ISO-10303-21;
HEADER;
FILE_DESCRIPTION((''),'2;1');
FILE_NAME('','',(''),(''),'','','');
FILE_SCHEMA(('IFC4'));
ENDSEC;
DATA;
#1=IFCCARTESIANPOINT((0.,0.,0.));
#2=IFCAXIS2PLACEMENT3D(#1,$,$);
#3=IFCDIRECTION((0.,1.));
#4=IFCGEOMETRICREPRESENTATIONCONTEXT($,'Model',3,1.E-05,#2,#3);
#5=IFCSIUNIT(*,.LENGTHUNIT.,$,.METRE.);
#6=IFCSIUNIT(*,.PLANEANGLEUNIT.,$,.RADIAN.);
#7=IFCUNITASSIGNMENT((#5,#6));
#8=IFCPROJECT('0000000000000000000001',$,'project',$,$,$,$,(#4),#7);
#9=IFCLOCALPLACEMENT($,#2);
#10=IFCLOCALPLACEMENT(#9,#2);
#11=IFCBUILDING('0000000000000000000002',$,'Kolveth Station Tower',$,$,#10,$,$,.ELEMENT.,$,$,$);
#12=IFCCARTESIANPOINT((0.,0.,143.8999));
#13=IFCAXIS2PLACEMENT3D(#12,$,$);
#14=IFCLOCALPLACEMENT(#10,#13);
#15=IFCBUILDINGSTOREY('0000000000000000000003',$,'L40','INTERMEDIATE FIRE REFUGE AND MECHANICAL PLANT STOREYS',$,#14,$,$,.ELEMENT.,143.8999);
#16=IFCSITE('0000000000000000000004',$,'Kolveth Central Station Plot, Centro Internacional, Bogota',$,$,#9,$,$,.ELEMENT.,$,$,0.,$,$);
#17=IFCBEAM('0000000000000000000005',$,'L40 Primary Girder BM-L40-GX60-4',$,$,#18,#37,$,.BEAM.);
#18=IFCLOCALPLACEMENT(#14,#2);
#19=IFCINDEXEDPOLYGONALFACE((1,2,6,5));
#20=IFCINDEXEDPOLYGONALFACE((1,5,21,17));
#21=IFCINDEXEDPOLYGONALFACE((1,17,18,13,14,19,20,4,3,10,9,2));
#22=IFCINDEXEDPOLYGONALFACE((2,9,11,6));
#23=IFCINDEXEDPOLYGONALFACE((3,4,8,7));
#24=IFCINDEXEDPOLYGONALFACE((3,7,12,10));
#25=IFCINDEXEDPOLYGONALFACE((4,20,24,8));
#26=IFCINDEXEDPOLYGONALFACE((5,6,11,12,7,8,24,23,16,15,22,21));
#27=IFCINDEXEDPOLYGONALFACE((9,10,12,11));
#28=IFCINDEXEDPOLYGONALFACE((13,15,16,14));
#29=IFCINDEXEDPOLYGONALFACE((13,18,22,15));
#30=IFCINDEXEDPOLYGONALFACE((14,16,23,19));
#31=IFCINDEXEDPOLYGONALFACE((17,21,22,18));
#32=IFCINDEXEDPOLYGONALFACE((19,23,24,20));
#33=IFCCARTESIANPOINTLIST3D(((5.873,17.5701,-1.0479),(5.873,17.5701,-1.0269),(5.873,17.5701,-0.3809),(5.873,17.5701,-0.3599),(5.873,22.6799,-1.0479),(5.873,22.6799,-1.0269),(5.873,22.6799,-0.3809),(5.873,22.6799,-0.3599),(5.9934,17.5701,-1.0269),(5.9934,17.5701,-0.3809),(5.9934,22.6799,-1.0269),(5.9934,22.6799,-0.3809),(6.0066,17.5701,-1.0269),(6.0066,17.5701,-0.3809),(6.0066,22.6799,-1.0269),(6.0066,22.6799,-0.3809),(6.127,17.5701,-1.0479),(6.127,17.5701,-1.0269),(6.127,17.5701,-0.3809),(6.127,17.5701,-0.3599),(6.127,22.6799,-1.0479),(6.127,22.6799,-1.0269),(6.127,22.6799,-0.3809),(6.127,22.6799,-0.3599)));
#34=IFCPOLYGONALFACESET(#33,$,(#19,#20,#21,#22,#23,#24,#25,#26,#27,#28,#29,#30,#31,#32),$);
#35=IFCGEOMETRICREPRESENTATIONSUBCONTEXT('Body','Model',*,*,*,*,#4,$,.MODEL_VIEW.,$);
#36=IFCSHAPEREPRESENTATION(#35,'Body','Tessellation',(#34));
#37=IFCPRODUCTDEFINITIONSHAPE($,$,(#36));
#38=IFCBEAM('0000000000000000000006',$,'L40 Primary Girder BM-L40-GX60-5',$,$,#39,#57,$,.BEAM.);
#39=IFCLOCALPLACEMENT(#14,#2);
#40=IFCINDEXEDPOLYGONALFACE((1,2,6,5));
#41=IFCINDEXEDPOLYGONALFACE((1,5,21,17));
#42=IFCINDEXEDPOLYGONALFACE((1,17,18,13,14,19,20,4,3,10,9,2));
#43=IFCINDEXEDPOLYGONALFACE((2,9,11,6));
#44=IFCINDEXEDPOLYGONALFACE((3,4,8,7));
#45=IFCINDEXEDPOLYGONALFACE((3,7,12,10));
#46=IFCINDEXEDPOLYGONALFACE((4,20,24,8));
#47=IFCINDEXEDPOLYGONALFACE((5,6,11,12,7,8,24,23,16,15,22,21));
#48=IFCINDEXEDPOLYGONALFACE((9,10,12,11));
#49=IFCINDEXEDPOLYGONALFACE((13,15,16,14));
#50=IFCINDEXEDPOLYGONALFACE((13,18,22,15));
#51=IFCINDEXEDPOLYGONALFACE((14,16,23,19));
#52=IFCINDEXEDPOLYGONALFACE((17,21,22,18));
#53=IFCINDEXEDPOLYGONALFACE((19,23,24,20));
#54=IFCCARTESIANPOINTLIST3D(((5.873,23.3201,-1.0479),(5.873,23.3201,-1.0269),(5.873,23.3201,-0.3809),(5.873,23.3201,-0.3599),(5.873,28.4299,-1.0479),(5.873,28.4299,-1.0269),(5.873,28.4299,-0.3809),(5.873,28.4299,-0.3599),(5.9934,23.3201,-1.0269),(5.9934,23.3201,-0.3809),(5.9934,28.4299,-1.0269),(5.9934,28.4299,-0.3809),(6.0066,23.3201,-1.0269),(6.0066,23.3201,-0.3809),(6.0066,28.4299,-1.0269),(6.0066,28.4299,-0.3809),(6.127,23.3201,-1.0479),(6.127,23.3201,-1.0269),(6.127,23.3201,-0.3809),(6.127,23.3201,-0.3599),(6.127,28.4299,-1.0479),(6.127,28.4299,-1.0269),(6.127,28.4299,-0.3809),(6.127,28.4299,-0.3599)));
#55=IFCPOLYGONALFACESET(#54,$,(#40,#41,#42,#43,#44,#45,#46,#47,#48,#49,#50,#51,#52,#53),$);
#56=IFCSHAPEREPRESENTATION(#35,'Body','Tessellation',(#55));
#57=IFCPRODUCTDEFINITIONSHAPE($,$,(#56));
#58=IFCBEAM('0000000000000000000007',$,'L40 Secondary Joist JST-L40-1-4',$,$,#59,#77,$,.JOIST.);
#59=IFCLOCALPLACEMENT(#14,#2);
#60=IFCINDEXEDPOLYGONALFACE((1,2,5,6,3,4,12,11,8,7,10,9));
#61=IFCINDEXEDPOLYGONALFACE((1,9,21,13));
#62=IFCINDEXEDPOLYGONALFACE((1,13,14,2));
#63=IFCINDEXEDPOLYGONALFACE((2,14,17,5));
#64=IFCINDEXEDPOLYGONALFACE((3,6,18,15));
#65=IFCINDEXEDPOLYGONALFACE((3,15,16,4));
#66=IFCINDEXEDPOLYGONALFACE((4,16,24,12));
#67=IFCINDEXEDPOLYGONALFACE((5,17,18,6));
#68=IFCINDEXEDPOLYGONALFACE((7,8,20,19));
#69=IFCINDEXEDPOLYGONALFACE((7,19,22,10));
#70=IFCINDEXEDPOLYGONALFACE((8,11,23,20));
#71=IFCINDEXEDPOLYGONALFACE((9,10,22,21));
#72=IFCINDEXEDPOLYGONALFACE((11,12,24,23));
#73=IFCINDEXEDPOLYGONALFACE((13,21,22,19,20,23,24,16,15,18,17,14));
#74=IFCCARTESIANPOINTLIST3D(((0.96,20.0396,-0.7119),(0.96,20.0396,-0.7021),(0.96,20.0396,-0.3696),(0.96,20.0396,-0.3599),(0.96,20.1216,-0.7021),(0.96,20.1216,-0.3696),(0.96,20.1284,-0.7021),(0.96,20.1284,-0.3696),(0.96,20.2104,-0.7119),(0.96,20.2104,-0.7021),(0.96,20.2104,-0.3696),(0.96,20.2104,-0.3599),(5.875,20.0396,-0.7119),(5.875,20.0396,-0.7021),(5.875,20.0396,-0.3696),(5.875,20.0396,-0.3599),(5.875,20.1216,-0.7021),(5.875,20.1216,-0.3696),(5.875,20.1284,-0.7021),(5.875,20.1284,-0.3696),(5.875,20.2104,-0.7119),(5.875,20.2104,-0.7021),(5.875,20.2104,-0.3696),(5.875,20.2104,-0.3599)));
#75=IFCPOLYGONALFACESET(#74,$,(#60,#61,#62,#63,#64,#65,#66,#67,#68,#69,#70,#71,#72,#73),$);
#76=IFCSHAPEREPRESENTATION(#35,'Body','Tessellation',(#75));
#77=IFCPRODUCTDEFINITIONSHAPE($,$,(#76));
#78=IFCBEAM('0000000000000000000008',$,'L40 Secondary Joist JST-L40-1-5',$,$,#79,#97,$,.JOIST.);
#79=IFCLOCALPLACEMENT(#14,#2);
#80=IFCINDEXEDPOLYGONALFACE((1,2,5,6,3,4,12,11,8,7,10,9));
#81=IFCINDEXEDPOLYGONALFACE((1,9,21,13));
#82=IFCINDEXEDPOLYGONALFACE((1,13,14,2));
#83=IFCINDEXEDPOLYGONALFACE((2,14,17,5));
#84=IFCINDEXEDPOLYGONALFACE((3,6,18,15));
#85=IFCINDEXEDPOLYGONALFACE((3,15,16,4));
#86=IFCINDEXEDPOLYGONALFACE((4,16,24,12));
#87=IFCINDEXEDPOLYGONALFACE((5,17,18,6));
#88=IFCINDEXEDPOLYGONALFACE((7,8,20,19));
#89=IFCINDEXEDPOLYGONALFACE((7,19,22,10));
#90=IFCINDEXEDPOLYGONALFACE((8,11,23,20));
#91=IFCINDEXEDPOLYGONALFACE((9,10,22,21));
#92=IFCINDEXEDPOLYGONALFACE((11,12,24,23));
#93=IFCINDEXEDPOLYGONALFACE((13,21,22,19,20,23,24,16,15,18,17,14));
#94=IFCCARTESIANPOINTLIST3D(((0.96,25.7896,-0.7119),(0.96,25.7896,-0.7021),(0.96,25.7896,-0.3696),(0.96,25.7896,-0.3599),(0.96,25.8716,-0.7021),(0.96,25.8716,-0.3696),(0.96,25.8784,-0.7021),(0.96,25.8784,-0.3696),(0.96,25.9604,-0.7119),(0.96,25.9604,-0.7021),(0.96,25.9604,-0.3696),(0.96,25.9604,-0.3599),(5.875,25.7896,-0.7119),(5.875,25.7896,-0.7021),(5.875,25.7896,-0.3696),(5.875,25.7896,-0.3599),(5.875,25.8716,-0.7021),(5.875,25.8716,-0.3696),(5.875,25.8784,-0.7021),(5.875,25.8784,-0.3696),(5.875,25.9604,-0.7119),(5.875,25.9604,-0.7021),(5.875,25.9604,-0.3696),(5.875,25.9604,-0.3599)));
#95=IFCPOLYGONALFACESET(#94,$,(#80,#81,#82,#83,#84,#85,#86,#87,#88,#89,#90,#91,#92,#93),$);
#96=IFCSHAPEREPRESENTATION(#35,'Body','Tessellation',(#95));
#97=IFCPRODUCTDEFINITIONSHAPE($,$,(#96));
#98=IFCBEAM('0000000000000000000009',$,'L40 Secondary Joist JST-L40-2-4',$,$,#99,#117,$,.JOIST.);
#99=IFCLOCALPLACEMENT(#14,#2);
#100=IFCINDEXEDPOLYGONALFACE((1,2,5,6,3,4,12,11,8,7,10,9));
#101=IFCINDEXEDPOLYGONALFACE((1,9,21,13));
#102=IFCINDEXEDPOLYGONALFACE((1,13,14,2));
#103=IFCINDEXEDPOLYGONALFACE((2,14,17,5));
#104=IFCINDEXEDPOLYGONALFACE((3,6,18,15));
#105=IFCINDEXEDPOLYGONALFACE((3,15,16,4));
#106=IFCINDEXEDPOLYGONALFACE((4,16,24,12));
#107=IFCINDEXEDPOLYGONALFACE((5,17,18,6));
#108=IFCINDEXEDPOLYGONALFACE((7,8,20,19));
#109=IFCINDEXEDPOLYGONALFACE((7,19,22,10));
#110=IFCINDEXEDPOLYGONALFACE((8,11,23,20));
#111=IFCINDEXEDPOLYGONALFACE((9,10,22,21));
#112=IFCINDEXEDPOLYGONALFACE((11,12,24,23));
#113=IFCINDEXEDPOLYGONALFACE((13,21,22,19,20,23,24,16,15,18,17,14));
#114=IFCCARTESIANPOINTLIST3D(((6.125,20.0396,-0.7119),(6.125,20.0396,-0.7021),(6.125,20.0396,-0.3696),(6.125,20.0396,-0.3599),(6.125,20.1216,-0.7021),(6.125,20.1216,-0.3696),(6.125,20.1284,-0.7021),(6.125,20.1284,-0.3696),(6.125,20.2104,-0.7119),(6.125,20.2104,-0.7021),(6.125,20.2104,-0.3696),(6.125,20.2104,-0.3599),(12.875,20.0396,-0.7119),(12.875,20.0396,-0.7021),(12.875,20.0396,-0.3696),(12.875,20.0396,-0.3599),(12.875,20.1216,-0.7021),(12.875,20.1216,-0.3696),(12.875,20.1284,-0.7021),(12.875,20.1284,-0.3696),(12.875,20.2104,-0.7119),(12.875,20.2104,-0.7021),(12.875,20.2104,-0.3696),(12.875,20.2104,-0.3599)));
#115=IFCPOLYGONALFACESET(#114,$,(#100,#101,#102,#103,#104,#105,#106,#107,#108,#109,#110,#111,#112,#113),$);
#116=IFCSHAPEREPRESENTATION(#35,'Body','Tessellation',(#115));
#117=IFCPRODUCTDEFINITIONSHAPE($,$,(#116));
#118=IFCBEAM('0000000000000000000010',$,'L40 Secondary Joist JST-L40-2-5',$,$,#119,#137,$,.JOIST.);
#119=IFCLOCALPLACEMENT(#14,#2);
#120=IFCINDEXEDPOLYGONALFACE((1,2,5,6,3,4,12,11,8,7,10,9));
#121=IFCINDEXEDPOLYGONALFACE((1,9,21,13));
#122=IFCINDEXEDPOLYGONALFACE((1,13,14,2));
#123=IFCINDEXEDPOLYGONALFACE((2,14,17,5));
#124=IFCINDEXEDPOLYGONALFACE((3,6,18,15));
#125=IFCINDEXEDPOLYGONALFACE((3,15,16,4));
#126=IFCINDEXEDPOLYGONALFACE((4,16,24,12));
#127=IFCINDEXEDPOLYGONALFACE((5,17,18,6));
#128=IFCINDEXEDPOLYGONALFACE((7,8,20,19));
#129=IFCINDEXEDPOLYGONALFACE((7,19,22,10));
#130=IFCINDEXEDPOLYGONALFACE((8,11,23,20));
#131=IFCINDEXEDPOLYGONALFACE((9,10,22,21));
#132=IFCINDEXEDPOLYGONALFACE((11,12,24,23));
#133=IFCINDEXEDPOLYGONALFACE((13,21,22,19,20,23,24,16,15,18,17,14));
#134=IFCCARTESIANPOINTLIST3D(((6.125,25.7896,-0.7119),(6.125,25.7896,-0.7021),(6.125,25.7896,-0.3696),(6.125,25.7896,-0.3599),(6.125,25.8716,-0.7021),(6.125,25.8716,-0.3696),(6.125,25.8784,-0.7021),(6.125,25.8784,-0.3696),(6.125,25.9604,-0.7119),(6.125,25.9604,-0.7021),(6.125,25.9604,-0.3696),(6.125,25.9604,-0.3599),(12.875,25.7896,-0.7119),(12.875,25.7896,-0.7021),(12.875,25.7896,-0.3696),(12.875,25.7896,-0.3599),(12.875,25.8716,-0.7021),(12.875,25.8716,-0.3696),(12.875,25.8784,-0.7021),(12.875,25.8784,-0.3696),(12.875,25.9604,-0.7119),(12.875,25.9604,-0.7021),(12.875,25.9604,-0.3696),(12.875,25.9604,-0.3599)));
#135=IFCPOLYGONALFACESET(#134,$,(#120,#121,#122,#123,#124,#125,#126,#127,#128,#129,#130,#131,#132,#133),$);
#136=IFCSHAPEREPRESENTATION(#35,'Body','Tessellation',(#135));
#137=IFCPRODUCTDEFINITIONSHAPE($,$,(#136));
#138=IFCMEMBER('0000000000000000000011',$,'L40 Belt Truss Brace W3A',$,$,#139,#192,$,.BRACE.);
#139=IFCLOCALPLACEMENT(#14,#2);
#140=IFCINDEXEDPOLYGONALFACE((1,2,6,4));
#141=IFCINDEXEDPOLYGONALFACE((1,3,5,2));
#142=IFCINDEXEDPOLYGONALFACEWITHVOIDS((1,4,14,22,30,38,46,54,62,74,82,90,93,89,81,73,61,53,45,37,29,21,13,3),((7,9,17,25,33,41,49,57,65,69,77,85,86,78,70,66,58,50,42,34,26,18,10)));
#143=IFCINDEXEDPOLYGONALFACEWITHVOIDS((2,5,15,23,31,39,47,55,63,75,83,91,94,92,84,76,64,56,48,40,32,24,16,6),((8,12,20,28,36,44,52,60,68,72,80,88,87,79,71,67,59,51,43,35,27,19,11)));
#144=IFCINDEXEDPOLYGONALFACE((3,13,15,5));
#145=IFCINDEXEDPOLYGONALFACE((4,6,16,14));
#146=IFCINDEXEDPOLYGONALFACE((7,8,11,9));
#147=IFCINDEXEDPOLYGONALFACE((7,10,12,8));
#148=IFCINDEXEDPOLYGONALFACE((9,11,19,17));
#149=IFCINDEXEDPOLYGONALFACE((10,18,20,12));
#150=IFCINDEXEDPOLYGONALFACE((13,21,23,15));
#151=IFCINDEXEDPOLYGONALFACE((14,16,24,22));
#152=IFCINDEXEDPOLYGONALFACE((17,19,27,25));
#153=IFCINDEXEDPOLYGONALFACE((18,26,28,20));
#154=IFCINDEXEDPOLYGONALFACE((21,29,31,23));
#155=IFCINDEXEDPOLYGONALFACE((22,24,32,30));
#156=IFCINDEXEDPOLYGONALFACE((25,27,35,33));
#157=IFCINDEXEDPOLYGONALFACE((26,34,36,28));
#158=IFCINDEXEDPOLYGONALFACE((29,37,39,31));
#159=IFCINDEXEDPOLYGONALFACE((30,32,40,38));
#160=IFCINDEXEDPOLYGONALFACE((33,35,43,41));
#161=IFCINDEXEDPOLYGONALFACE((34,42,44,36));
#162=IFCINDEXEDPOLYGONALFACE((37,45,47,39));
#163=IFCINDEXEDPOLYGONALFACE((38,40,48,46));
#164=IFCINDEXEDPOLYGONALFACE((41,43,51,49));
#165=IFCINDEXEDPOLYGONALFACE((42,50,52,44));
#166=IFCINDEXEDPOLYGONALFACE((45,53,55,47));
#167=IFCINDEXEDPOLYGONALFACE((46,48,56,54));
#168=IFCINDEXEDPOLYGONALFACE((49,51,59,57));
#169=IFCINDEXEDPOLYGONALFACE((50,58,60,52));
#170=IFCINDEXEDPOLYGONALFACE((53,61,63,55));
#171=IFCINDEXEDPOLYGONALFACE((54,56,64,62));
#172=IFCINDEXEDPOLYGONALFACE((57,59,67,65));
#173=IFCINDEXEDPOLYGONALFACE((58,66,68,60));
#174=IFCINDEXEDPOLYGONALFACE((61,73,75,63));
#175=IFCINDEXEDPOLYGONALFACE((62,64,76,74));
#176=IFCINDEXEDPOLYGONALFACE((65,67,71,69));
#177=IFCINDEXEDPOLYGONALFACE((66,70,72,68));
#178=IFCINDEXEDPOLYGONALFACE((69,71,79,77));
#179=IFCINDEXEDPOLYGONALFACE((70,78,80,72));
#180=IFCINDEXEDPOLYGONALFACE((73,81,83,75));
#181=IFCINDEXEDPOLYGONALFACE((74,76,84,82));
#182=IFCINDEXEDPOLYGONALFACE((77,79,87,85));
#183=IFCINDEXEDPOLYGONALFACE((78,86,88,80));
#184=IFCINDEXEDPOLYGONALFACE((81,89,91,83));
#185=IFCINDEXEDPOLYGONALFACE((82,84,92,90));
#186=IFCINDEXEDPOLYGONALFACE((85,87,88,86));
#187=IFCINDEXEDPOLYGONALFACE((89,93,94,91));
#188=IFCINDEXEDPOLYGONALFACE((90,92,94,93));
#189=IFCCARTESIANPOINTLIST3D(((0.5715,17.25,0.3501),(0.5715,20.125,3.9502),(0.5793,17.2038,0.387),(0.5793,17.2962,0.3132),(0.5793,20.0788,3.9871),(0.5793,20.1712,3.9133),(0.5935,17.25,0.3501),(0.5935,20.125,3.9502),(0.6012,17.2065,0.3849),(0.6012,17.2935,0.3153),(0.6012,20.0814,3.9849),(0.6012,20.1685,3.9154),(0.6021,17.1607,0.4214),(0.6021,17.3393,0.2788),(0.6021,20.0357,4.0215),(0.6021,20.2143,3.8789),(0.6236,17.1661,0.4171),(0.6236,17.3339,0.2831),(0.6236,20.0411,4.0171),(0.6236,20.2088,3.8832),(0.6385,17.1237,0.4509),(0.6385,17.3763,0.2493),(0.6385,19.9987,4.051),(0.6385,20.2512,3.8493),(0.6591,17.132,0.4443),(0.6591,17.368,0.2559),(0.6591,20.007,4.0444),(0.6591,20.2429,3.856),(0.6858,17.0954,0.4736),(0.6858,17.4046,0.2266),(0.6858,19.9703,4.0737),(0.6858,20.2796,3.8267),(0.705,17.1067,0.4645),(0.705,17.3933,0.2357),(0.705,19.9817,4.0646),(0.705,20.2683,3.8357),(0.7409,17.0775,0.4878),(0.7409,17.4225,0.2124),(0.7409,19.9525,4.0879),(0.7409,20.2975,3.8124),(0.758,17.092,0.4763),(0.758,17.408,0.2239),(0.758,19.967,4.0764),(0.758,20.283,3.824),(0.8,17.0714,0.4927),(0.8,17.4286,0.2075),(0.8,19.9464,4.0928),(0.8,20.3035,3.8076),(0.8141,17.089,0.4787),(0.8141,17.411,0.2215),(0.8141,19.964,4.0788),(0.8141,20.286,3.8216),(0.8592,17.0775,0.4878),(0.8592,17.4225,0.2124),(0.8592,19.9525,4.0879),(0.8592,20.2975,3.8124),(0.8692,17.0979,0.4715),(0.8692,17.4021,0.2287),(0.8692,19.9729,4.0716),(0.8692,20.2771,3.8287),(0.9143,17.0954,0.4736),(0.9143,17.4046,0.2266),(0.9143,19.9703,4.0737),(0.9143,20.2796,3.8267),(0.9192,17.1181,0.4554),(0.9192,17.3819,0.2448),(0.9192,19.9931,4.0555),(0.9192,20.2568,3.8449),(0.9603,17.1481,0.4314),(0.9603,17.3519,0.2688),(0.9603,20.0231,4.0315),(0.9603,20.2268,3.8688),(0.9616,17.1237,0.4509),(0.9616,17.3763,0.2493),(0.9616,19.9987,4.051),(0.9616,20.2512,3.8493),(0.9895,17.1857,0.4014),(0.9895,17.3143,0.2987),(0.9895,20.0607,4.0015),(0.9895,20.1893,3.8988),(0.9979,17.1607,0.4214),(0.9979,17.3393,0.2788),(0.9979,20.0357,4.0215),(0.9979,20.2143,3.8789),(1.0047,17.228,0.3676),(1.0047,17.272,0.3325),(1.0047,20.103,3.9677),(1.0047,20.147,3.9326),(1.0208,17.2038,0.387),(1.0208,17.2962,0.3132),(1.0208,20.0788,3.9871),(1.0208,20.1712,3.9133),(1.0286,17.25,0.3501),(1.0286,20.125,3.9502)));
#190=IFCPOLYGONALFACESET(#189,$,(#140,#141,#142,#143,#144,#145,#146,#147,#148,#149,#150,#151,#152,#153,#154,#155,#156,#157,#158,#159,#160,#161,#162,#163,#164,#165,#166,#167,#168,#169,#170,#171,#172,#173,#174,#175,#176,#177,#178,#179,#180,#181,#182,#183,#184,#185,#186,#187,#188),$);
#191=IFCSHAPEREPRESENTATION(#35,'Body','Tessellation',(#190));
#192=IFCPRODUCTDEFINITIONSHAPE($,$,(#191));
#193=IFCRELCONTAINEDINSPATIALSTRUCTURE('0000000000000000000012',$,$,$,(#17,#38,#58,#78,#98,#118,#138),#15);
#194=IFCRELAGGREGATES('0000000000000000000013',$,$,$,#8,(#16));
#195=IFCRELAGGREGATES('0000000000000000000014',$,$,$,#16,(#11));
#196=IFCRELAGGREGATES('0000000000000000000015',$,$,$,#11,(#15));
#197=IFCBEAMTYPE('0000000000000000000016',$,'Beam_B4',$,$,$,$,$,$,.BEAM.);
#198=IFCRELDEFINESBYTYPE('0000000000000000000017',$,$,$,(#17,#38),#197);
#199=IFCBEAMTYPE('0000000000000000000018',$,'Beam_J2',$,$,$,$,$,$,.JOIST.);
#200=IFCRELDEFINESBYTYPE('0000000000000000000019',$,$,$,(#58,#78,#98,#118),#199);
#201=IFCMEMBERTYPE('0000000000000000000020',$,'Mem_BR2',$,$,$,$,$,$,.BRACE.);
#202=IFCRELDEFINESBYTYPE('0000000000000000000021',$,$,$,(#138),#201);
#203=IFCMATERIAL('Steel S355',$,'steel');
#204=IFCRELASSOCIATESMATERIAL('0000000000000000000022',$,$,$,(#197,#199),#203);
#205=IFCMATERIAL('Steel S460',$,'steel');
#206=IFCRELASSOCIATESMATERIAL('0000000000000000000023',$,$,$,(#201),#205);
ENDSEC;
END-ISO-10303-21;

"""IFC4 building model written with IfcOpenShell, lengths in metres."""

from ifc_helpers import new_model, si_unit, direction, frame, origin, origin_2d, place, context, subcontext, project, spatial, hollow_circle, i_section, extrude, source, transform, mapped, material, material_profile, profile_set, type_object, element, save


model = new_model("IFC4")

# Units and contexts
model_context = context("Model", 3, precision=1e-05, world=origin(), true_north=direction((0.0, 1.0)))
body_context = subcontext(model_context, "Body", "Model", "MODEL_VIEW")
ifc_project = project(units=[si_unit("LENGTHUNIT", "METRE"), si_unit("PLANEANGLEUNIT", "RADIAN")], contexts=[model_context])

# Site, building, storey
site_placement = place(None, origin())
site = spatial("IfcSite", under=ifc_project, at=site_placement, Name="Kolveth Central Station Plot, Centro Internacional, Bogota", CompositionType="ELEMENT", RefElevation=0.0)
building_placement = place(site_placement, origin())
building = spatial("IfcBuilding", under=site, at=building_placement, Name="Kolveth Station Tower", CompositionType="ELEMENT")
storey_placement = place(building_placement, frame((0.0, 0.0, 143.8999)))
storey = spatial("IfcBuildingStorey", under=building, at=storey_placement, Name="L40", Description="INTERMEDIATE FIRE REFUGE AND MECHANICAL PLANT STOREYS", CompositionType="ELEMENT", Elevation=143.8999)

# Shared definitions
ifc_material_1 = material(Name="Steel S460", Category="steel")

# Beams
ifc_material_2 = material(Name="Steel S355", Category="steel")
ifc_material_profile_1 = material_profile(ifc_material_2, i_section(OverallWidth=0.2539, OverallDepth=0.688, WebThickness=0.0132, FlangeThickness=0.021, at=origin_2d()), Name="W690x152")
ifc_profile_set_1 = profile_set([ifc_material_profile_1], Name="Steel S355")
beam_type_1 = type_object("IfcBeamType", Name="Beam_B4", PredefinedType="BEAM", material=ifc_profile_set_1)
shared_shape_1 = source(origin(), body_context, "Body", "SweptSolid", [
    extrude(i_section(OverallWidth=0.2539, OverallDepth=0.688, WebThickness=0.0132, FlangeThickness=0.021, at=origin_2d()), origin(), (0.0, 0.0, 1.0), 5.1099),
])
for number, where, z_axis, x_axis, name in (
    (1, (6.0, 17.5701, -0.7039), (0.0, 1.0, 0.0), (-1.0, 0.0, 0.0), "L40 Primary Girder BM-L40-GX60-4"),
    (2, (6.0, 23.3201, -0.7039), (0.0, 1.0, 0.0), (-1.0, 0.0, 0.0), "L40 Primary Girder BM-L40-GX60-5"),
):
    element("IfcBeam", number, at=place(storey_placement, frame(where, z_axis=z_axis, x_axis=x_axis)), inside=storey, type_object=beam_type_1, Name=name, PredefinedType="BEAM", context=body_context, shape_type="MappedRepresentation", body=[
        mapped(shared_shape_1, transform((0.0, 0.0, 0.0), x_axis=(1.0, 0.0, 0.0), y_axis=(0.0, 1.0, 0.0), z_axis=(0.0, 0.0, 1.0), scale=1.0)),
    ])
ifc_material_profile_2 = material_profile(ifc_material_2, i_section(OverallWidth=0.1709, OverallDepth=0.3521, WebThickness=0.0068, FlangeThickness=0.0098, at=origin_2d()), Name="W360x44")
ifc_profile_set_2 = profile_set([ifc_material_profile_2], Name="Steel S355")
beam_type_2 = type_object("IfcBeamType", Name="Beam_J2", PredefinedType="JOIST", material=ifc_profile_set_2)
shared_shape_2 = source(origin(), body_context, "Body", "SweptSolid", [
    extrude(i_section(OverallWidth=0.1709, OverallDepth=0.3521, WebThickness=0.0068, FlangeThickness=0.0098, at=origin_2d()), origin(), (0.0, 0.0, 1.0), 4.915),
])
for number, where, z_axis, x_axis, name in (
    (3, (0.96, 20.125, -0.5359), (1.0, 0.0, 0.0), (0.0, 1.0, 0.0), "L40 Secondary Joist JST-L40-1-4"),
    (4, (0.96, 25.875, -0.5359), (1.0, 0.0, 0.0), (0.0, 1.0, 0.0), "L40 Secondary Joist JST-L40-1-5"),
):
    element("IfcBeam", number, at=place(storey_placement, frame(where, z_axis=z_axis, x_axis=x_axis)), inside=storey, type_object=beam_type_2, Name=name, PredefinedType="JOIST", context=body_context, shape_type="MappedRepresentation", body=[
        mapped(shared_shape_2, transform((0.0, 0.0, 0.0), x_axis=(1.0, 0.0, 0.0), y_axis=(0.0, 1.0, 0.0), z_axis=(0.0, 0.0, 1.0), scale=1.0)),
    ])
shared_shape_3 = source(origin(), body_context, "Body", "SweptSolid", [
    extrude(i_section(OverallWidth=0.1709, OverallDepth=0.3521, WebThickness=0.0068, FlangeThickness=0.0098, at=origin_2d()), origin(), (0.0, 0.0, 1.0), 6.75),
])
for number, where, z_axis, x_axis, name in (
    (5, (6.125, 20.125, -0.5359), (1.0, 0.0, 0.0), (0.0, 1.0, 0.0), "L40 Secondary Joist JST-L40-2-4"),
    (6, (6.125, 25.875, -0.5359), (1.0, 0.0, 0.0), (0.0, 1.0, 0.0), "L40 Secondary Joist JST-L40-2-5"),
):
    element("IfcBeam", number, at=place(storey_placement, frame(where, z_axis=z_axis, x_axis=x_axis)), inside=storey, type_object=beam_type_2, Name=name, PredefinedType="JOIST", context=body_context, shape_type="MappedRepresentation", body=[
        mapped(shared_shape_3, transform((0.0, 0.0, 0.0), x_axis=(1.0, 0.0, 0.0), y_axis=(0.0, 1.0, 0.0), z_axis=(0.0, 0.0, 1.0), scale=1.0)),
    ])

# Member
ifc_material_profile_3 = material_profile(ifc_material_1, hollow_circle(Radius=0.2285, WallThickness=0.022, at=origin_2d()), Name="CHS457x22")
ifc_profile_set_3 = profile_set([ifc_material_profile_3], Name="Steel S460")
member_type = type_object("IfcMemberType", Name="Mem_BR2", PredefinedType="BRACE", material=ifc_profile_set_3)
shared_shape_4 = source(origin(), body_context, "Body", "SweptSolid", [
    extrude(hollow_circle(Radius=0.2285, WallThickness=0.022, at=origin_2d()), origin(), (0.0, 0.0, 1.0), 4.6072),
])
for number, where, z_axis, x_axis, name in (
    (7, (0.8, 17.25, 0.3501), (0.0, 0.624023, 0.781406), (-1.0, 0.0, 0.0), "L40 Belt Truss Brace W3A"),
):
    element("IfcMember", number, at=place(storey_placement, frame(where, z_axis=z_axis, x_axis=x_axis)), inside=storey, type_object=member_type, Name=name, PredefinedType="BRACE", context=body_context, shape_type="MappedRepresentation", body=[
        mapped(shared_shape_4, transform((0.0, 0.0, 0.0), x_axis=(1.0, 0.0, 0.0), y_axis=(0.0, 1.0, 0.0), z_axis=(0.0, 0.0, 1.0), scale=1.0)),
    ])

save(model, "model.ifc")
